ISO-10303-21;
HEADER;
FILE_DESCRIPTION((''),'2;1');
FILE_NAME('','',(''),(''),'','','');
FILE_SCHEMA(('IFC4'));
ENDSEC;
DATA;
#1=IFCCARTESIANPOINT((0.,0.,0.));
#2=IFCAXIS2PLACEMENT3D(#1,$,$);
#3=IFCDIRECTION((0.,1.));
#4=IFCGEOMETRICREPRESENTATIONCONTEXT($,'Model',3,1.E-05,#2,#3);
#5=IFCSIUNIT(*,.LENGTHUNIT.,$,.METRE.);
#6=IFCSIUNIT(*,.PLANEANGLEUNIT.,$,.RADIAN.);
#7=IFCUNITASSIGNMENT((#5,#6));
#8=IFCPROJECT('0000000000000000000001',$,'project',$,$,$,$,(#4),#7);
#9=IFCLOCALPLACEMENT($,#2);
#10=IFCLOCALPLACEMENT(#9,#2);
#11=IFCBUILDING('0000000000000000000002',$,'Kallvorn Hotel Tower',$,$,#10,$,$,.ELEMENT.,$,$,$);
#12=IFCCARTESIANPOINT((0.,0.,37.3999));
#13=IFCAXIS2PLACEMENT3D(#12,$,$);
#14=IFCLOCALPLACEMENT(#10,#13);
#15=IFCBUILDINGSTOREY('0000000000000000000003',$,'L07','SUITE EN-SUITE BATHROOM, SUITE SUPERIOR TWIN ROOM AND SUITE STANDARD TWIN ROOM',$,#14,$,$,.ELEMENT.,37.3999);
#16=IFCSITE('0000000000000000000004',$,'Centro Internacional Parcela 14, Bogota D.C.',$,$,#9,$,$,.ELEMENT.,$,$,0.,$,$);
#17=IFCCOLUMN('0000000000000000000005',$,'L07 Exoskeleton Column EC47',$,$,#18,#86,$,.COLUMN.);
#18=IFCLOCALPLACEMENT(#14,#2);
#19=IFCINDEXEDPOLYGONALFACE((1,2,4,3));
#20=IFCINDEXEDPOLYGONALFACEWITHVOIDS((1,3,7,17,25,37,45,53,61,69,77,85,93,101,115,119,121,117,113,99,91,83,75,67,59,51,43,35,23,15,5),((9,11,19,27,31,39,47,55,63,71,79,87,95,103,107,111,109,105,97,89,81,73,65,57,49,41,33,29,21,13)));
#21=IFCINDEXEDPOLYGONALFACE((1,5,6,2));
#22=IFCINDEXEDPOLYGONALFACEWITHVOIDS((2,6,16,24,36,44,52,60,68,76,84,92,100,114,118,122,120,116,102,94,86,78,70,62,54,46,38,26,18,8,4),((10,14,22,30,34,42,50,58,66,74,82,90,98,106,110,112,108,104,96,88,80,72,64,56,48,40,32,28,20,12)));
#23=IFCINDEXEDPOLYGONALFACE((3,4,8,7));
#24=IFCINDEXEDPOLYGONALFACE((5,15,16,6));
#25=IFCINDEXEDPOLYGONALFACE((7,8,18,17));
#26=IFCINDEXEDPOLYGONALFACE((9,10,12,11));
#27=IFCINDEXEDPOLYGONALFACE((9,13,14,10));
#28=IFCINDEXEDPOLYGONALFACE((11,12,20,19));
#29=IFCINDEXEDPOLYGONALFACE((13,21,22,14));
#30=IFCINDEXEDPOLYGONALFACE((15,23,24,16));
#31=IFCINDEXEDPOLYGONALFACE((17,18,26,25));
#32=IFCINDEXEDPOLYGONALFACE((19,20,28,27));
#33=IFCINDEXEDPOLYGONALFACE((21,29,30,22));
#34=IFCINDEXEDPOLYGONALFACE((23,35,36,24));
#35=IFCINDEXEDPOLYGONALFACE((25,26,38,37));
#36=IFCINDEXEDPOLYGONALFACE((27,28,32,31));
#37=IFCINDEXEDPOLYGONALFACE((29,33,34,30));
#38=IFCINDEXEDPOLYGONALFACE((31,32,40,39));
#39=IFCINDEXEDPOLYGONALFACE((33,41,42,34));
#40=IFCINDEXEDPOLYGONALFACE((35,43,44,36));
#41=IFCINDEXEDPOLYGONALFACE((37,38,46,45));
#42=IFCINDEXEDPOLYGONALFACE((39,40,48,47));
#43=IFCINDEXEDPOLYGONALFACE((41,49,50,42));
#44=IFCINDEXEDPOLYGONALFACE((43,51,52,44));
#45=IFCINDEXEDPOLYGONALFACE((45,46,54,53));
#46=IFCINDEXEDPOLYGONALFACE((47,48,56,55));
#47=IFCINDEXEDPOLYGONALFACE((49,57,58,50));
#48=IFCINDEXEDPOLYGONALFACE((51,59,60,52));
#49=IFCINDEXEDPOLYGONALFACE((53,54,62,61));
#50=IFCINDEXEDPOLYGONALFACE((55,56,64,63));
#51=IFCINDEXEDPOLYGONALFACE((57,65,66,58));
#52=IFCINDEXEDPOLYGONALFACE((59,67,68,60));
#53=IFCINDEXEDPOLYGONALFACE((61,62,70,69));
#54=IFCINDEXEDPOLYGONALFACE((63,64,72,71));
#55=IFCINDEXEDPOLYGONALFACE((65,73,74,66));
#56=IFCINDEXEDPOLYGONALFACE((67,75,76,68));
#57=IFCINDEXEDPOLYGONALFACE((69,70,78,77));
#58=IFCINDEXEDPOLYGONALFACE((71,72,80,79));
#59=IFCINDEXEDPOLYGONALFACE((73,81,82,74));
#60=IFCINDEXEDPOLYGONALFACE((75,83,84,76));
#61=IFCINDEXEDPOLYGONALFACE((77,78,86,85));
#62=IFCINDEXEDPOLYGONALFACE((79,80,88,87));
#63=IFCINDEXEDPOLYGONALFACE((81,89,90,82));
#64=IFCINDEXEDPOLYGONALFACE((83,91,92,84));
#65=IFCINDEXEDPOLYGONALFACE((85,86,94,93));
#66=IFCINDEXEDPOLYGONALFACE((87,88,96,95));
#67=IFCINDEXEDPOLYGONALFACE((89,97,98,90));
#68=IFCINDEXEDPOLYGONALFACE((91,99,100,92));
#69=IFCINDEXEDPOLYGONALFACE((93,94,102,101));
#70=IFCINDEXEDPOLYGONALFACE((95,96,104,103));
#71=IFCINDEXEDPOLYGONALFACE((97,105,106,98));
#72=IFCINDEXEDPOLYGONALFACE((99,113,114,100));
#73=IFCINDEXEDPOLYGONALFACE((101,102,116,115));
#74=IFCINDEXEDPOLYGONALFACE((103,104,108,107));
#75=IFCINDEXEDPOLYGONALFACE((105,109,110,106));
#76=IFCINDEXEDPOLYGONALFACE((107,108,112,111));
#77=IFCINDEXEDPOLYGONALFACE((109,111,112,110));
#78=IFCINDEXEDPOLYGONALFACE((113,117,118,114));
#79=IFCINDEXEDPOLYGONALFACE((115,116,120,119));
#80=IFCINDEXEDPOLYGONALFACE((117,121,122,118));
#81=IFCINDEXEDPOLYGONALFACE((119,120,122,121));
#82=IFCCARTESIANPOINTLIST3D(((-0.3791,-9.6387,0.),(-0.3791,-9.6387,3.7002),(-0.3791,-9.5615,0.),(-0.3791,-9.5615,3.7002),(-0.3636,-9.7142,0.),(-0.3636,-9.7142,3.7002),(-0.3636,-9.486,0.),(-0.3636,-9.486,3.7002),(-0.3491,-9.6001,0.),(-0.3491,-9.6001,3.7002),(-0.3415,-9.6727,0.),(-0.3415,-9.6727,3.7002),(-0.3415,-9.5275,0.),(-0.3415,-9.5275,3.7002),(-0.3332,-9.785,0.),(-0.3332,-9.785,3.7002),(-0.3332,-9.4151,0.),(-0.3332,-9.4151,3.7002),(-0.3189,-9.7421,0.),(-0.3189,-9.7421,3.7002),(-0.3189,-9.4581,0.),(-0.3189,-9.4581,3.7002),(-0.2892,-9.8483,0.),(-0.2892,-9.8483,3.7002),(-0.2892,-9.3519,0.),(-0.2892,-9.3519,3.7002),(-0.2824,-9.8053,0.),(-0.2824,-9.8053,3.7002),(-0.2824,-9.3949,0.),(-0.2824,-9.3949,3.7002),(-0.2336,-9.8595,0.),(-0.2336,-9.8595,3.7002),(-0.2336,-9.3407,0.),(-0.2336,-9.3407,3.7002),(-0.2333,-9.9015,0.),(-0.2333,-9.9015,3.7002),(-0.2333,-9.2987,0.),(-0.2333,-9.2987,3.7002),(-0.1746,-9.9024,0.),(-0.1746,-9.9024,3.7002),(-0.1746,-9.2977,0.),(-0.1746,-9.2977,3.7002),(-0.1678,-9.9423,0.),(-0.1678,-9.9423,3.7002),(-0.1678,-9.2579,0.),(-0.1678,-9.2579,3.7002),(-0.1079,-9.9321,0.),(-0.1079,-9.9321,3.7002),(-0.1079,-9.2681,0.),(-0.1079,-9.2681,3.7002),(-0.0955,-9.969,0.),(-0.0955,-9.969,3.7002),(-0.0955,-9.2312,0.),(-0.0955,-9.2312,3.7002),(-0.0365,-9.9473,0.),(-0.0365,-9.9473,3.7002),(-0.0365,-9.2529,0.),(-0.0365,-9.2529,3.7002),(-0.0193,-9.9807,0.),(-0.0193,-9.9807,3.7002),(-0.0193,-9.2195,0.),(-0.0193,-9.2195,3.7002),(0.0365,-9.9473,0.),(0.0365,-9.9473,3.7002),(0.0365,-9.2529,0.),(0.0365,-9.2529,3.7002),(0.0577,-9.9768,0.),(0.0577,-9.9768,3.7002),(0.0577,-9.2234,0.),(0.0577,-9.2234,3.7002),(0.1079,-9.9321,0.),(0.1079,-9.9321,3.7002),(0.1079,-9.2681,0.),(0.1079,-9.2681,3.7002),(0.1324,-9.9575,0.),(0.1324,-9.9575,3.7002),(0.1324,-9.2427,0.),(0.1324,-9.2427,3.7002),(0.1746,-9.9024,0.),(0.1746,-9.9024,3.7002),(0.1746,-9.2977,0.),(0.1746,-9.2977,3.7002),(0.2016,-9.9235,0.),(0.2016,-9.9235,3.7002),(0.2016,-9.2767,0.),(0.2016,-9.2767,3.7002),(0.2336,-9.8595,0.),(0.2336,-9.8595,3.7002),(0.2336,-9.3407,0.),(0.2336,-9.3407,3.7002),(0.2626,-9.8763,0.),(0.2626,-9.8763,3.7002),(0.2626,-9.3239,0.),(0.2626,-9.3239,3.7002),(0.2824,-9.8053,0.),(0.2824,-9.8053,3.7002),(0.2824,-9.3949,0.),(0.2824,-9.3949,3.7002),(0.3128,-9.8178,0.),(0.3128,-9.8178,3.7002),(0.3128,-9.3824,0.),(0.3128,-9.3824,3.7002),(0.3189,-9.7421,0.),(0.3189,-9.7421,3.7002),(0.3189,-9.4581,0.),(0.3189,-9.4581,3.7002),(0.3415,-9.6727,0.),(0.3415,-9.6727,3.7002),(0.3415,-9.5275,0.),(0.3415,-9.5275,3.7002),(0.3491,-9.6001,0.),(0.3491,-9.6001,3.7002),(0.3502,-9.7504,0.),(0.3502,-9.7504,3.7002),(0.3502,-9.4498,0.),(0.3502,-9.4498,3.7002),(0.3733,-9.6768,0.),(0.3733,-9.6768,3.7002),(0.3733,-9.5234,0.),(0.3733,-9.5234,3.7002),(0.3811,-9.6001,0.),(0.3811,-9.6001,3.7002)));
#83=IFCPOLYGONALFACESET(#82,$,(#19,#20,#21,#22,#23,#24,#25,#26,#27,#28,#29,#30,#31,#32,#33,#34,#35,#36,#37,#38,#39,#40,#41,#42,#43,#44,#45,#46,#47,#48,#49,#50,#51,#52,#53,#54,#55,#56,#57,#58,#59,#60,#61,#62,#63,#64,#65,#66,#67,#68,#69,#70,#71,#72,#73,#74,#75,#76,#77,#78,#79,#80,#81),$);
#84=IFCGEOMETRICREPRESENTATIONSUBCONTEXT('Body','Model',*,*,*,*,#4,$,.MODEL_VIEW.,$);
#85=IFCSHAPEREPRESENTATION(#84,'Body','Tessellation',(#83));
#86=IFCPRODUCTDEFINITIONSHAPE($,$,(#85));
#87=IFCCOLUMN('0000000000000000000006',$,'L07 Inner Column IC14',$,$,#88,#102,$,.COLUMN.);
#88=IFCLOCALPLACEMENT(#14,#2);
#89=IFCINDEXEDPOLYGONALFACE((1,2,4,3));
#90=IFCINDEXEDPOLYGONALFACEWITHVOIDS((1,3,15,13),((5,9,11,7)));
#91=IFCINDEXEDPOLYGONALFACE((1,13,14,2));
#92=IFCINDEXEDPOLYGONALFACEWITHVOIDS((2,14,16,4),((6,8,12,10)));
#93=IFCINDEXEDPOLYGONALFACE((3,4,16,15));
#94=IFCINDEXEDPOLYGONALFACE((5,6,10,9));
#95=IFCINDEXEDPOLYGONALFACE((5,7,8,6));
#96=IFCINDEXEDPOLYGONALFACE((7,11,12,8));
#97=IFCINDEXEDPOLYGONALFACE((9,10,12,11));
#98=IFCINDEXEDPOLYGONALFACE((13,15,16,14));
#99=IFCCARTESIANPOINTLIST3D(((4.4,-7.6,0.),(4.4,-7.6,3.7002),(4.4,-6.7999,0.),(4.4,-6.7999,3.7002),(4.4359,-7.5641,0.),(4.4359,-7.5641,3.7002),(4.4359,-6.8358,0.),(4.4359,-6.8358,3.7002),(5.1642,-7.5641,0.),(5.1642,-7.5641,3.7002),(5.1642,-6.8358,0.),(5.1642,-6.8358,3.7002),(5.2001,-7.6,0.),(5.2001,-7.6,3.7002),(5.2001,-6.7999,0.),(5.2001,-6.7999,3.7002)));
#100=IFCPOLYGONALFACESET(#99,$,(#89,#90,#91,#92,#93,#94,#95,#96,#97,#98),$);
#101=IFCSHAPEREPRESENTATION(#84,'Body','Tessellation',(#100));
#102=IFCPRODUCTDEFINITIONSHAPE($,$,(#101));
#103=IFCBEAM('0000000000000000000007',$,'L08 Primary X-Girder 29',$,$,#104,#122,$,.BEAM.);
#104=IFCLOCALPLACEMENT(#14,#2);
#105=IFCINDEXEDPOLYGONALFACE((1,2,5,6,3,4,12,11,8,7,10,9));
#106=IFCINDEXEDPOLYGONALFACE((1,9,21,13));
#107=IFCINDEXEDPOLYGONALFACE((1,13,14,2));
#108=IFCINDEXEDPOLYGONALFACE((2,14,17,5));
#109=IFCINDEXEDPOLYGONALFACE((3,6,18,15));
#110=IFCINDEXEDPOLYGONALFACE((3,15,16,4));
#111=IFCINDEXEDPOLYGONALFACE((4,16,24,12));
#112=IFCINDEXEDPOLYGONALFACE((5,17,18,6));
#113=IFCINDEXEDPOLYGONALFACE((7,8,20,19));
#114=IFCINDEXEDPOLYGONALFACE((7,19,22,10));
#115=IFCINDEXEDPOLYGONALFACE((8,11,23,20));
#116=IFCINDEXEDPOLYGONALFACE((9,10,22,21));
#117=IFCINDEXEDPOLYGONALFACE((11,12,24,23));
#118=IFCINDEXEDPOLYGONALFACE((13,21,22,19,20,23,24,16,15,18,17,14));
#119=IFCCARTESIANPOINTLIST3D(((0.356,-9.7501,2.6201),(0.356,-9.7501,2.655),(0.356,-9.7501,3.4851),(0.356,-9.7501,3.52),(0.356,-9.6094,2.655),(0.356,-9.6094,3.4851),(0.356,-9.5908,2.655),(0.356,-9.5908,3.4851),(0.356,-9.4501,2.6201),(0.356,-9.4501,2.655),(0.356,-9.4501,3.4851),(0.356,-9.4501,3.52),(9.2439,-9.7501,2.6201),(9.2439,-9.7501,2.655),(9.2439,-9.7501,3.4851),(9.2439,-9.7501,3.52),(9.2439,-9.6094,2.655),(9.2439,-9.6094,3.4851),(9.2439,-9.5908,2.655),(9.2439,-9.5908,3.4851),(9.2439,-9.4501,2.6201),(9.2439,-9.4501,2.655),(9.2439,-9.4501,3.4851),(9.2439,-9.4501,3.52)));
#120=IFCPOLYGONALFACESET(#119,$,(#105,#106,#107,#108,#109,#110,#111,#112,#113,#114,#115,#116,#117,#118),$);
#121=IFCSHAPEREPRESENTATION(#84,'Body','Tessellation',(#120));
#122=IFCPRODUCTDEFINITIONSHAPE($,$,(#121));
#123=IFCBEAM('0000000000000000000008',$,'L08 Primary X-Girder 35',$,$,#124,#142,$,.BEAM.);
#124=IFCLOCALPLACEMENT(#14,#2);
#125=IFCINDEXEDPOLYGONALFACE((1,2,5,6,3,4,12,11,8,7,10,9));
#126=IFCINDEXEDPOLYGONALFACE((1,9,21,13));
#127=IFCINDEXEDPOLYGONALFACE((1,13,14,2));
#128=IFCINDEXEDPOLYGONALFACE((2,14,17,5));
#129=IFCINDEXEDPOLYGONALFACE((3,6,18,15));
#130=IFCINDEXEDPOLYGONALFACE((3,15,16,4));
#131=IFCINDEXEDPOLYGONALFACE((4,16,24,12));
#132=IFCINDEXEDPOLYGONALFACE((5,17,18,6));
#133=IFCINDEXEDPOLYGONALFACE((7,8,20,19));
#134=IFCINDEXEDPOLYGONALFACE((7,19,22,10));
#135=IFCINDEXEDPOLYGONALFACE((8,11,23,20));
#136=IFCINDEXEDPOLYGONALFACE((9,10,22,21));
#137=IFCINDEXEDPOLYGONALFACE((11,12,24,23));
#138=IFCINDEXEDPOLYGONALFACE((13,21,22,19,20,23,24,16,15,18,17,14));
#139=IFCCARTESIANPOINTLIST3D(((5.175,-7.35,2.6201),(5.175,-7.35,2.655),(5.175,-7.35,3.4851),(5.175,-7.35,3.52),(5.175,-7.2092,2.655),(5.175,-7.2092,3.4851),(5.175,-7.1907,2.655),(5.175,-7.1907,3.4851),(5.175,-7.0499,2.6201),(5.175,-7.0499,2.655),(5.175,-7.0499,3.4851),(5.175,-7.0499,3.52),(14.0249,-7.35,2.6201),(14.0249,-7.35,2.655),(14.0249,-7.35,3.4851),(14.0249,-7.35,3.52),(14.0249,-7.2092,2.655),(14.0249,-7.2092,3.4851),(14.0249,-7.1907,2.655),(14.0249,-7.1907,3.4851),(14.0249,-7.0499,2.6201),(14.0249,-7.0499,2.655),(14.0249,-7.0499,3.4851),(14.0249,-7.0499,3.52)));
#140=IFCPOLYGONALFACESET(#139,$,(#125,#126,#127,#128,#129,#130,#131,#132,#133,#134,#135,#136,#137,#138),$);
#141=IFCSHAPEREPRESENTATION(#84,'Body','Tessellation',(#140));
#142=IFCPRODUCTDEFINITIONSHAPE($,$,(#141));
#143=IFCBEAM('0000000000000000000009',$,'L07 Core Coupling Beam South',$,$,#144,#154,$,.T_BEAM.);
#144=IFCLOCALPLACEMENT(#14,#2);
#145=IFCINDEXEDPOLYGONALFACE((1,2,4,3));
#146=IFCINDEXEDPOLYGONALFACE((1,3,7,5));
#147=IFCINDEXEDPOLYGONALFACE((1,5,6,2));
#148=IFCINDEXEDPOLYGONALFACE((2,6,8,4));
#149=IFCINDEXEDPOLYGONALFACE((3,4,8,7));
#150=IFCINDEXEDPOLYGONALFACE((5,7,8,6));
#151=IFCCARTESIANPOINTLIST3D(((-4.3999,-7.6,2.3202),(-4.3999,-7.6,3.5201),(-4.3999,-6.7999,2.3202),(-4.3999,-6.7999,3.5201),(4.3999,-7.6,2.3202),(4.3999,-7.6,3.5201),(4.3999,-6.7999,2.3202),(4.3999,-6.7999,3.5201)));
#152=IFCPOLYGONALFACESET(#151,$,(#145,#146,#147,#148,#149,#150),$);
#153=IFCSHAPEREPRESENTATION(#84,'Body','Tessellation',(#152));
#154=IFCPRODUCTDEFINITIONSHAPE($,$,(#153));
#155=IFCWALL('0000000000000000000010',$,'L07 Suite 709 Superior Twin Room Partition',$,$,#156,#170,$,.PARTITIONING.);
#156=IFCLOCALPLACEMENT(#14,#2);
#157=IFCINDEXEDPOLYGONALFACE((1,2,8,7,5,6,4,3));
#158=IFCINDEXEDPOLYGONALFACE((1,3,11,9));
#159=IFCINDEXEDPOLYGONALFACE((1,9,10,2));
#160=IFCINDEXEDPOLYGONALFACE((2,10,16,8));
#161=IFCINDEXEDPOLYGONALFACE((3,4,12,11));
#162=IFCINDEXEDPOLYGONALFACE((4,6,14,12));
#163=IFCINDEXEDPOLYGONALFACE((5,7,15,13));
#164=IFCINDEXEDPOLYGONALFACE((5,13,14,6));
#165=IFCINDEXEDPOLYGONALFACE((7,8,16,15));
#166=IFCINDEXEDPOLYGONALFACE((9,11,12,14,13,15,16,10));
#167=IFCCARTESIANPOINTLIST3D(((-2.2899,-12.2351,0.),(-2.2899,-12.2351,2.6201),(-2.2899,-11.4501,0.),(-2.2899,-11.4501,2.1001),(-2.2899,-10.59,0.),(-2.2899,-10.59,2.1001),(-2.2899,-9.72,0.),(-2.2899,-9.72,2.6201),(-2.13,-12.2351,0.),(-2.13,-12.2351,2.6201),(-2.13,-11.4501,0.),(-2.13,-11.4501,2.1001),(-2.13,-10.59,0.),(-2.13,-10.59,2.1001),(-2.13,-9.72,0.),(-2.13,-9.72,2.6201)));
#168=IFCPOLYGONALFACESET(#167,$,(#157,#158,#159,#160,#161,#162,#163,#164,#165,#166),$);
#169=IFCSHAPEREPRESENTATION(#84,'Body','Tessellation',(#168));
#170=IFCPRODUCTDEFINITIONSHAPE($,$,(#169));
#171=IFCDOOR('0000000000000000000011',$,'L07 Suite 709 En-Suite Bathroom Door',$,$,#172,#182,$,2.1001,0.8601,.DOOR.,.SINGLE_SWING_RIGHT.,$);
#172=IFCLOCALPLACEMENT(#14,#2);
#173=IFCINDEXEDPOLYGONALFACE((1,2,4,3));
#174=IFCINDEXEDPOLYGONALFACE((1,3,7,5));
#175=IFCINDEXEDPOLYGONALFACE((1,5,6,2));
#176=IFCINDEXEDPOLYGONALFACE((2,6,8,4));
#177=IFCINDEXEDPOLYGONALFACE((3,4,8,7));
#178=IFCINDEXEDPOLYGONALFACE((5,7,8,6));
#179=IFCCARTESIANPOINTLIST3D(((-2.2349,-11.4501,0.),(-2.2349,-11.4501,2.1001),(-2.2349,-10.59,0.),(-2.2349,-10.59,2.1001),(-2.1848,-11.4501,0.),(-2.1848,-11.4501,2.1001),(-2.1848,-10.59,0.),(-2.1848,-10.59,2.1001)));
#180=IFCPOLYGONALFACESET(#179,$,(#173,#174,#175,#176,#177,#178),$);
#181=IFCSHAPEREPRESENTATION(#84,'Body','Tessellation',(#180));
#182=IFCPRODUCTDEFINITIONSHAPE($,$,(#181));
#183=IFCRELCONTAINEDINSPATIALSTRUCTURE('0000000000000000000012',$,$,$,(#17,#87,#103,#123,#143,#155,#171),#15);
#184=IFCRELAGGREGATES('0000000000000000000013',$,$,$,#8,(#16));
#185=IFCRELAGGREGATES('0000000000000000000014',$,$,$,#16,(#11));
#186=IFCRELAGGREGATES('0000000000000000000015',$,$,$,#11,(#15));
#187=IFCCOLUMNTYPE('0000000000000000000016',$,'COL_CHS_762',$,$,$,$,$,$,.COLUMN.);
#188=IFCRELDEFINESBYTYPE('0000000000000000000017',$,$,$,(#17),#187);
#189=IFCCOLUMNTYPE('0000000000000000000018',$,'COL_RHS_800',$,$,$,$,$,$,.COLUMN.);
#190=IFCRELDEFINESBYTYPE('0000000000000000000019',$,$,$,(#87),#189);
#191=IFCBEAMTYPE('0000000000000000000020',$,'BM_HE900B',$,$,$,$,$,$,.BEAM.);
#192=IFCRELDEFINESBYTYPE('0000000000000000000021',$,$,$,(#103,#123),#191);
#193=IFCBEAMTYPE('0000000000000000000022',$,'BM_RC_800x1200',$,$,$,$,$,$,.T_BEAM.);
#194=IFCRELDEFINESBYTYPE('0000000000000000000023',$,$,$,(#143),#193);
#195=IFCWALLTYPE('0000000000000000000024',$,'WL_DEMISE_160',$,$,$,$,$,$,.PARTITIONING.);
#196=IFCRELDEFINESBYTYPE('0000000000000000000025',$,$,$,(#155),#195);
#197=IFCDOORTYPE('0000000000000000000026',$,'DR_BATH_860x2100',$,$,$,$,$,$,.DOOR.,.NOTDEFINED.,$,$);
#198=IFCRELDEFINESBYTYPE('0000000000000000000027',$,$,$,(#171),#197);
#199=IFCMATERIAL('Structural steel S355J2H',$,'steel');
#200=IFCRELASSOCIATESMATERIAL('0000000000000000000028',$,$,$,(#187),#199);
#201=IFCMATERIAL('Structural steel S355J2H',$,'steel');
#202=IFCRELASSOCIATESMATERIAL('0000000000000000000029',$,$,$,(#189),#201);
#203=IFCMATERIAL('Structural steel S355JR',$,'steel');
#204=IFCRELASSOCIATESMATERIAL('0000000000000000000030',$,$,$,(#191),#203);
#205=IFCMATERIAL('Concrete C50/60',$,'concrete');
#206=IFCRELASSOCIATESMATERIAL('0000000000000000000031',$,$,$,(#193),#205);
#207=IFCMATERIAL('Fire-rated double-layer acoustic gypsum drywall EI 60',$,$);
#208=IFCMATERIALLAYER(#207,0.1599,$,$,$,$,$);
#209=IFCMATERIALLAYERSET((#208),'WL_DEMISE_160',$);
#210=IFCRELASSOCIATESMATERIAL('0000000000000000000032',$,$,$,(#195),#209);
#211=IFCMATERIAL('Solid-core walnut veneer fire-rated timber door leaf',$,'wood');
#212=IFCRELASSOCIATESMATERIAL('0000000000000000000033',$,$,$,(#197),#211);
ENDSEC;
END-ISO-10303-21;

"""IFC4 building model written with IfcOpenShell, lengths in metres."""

from ifc_helpers import new_model, si_unit, direction, frame, frame_2d, origin, origin_2d, place, context, subcontext, project, spatial, rectangle, hollow_rectangle, hollow_circle, i_section, extrude, material, layer, layer_set, material_profile, profile_set, type_object, element, fill, save


model = new_model("IFC4")

# Units and contexts
model_context = context("Model", 3, precision=1e-05, world=origin(), true_north=direction((0.0, 1.0)))
body_context = subcontext(model_context, "Body", "Model", "MODEL_VIEW")
ifc_project = project(units=[si_unit("LENGTHUNIT", "METRE"), si_unit("PLANEANGLEUNIT", "RADIAN")], contexts=[model_context])

# Site, building, storey
site_placement = place(None, origin())
site = spatial("IfcSite", under=ifc_project, at=site_placement, Name="Centro Internacional Parcela 14, Bogota D.C.", CompositionType="ELEMENT", RefElevation=0.0)
building_placement = place(site_placement, origin())
building = spatial("IfcBuilding", under=site, at=building_placement, Name="Kallvorn Hotel Tower", CompositionType="ELEMENT")
storey_placement = place(building_placement, frame((0.0, 0.0, 37.3999)))
storey = spatial("IfcBuildingStorey", under=building, at=storey_placement, Name="L07", Description="SUITE EN-SUITE BATHROOM, SUITE SUPERIOR TWIN ROOM AND SUITE STANDARD TWIN ROOM", CompositionType="ELEMENT", Elevation=37.3999)

# Columns
ifc_material_1 = material(Name="Structural steel S355J2H", Category="steel")
ifc_material_profile_1 = material_profile(ifc_material_1, hollow_circle(Radius=0.3811, WallThickness=0.032, at=origin_2d()), Name="CHS 762x32")
ifc_profile_set_1 = profile_set([ifc_material_profile_1], Name="Structural steel S355J2H")
column_type_1 = type_object("IfcColumnType", Name="COL_CHS_762", PredefinedType="COLUMN", material=ifc_profile_set_1)
column_1_placement = place(storey_placement, frame((0.0, -9.6001, 0.0), z_axis=(0.0, 0.0, 1.0), x_axis=(1.0, 0.0, 0.0)))
element("IfcColumn", 1, at=column_1_placement, inside=storey, type_object=column_type_1, Name="L07 Exoskeleton Column EC47", PredefinedType="COLUMN", context=body_context, shape_type="SweptSolid", body=[
    extrude(hollow_circle(Radius=0.3811, WallThickness=0.032, at=origin_2d()), origin(), (0.0, 0.0, 1.0), 3.7002),
])
ifc_material_2 = material(Name="Structural steel S355J2H", Category="steel")
ifc_material_profile_2 = material_profile(ifc_material_2, hollow_rectangle(XDim=0.8, YDim=0.8, WallThickness=0.0359, at=origin_2d()), Name="RHS 800x800x36")
ifc_profile_set_2 = profile_set([ifc_material_profile_2], Name="Structural steel S355J2H")
column_type_2 = type_object("IfcColumnType", Name="COL_RHS_800", PredefinedType="COLUMN", material=ifc_profile_set_2)
column_2_placement = place(storey_placement, frame((4.8, -7.2, 0.0), z_axis=(0.0, 0.0, 1.0), x_axis=(1.0, 0.0, 0.0)))
element("IfcColumn", 2, at=column_2_placement, inside=storey, type_object=column_type_2, Name="L07 Inner Column IC14", PredefinedType="COLUMN", context=body_context, shape_type="SweptSolid", body=[
    extrude(hollow_rectangle(XDim=0.8, YDim=0.8, WallThickness=0.0359, at=origin_2d()), origin(), (0.0, 0.0, 1.0), 3.7002),
])

# Beams
ifc_material_3 = material(Name="Structural steel S355JR", Category="steel")
ifc_material_profile_3 = material_profile(ifc_material_3, i_section(OverallWidth=0.3, OverallDepth=0.8999, WebThickness=0.0186, FlangeThickness=0.0349, at=origin_2d()), Name="HE 900 B")
ifc_profile_set_3 = profile_set([ifc_material_profile_3], Name="Structural steel S355JR")
beam_type_1 = type_object("IfcBeamType", Name="BM_HE900B", PredefinedType="BEAM", material=ifc_profile_set_3)
beam_1_placement = place(storey_placement, frame((0.356, -9.6001, 3.0701), z_axis=(1.0, 0.0, 0.0), x_axis=(0.0, 1.0, 0.0)))
element("IfcBeam", 3, at=beam_1_placement, inside=storey, type_object=beam_type_1, Name="L08 Primary X-Girder 29", PredefinedType="BEAM", context=body_context, shape_type="SweptSolid", body=[
    extrude(i_section(OverallWidth=0.3, OverallDepth=0.8999, WebThickness=0.0186, FlangeThickness=0.0349, at=origin_2d()), origin(), (0.0, 0.0, 1.0), 8.8879),
])
beam_2_placement = place(storey_placement, frame((5.175, -7.2, 3.0701), z_axis=(1.0, 0.0, 0.0), x_axis=(0.0, 1.0, 0.0)))
element("IfcBeam", 4, at=beam_2_placement, inside=storey, type_object=beam_type_1, Name="L08 Primary X-Girder 35", PredefinedType="BEAM", context=body_context, shape_type="SweptSolid", body=[
    extrude(i_section(OverallWidth=0.3, OverallDepth=0.8999, WebThickness=0.0186, FlangeThickness=0.0349, at=origin_2d()), origin(), (0.0, 0.0, 1.0), 8.8499),
])
ifc_material_4 = material(Name="Concrete C50/60", Category="concrete")
ifc_material_profile_4 = material_profile(ifc_material_4, rectangle(XDim=0.8, YDim=1.2, at=origin_2d()), Name="RC 800x1200")
ifc_profile_set_4 = profile_set([ifc_material_profile_4], Name="Concrete C50/60")
beam_type_2 = type_object("IfcBeamType", Name="BM_RC_800x1200", PredefinedType="T_BEAM", material=ifc_profile_set_4)
beam_3_placement = place(storey_placement, frame((-4.3999, -7.2, 2.9202), z_axis=(1.0, 0.0, 0.0), x_axis=(0.0, 1.0, 0.0)))
element("IfcBeam", 5, at=beam_3_placement, inside=storey, type_object=beam_type_2, Name="L07 Core Coupling Beam South", PredefinedType="T_BEAM", context=body_context, shape_type="SweptSolid", body=[
    extrude(rectangle(XDim=0.8, YDim=1.2, at=origin_2d()), origin(), (0.0, 0.0, 1.0), 8.7998),
])

# Wall, opening, door
ifc_material_5 = material(Name="Fire-rated double-layer acoustic gypsum drywall EI 60")
ifc_layer_1 = layer(ifc_material_5, 0.1599)
ifc_layer_set_1 = layer_set([ifc_layer_1], Name="WL_DEMISE_160")
wall_type_1 = type_object("IfcWallType", Name="WL_DEMISE_160", PredefinedType="PARTITIONING", material=ifc_layer_set_1)
wall_1_placement = place(storey_placement, frame((-2.21, -12.2351, 0.0), z_axis=(0.0, 0.0, 1.0), x_axis=(0.0, 1.0, 0.0)))
wall_1 = element("IfcWall", 6, at=wall_1_placement, inside=storey, type_object=wall_type_1, Name="L07 Suite 709 Superior Twin Room Partition", PredefinedType="PARTITIONING", context=body_context, shape_type="SweptSolid", body=[
    extrude(rectangle(XDim=2.5151, YDim=0.1599, at=frame_2d((1.2576, 0.0))), origin(), (0.0, 0.0, 1.0), 2.6201),
])
opening_1_placement = place(wall_1_placement, frame((0.7849, 0.0, 0.0)))
opening_1 = element("IfcOpeningElement", 7, at=opening_1_placement, cuts=wall_1, PredefinedType="OPENING", context=body_context, shape_type="SweptSolid", body=[
    extrude(rectangle(XDim=0.8601, YDim=2.1001, at=frame_2d((0.4302, 1.05))), frame((0.0, 0.095, 0.0), z_axis=(0.0, -1.0, 0.0), x_axis=(1.0, 0.0, 0.0)), (0.0, 0.0, 1.0), 0.1899),
])
ifc_material_6 = material(Name="Solid-core walnut veneer fire-rated timber door leaf", Category="wood")
door_type_1 = type_object("IfcDoorType", Name="DR_BATH_860x2100", OperationType="NOTDEFINED", PredefinedType="DOOR", material=ifc_material_6)
door_1_placement = place(opening_1_placement, origin())
door_1 = element("IfcDoor", 8, at=door_1_placement, inside=storey, type_object=door_type_1, Name="L07 Suite 709 En-Suite Bathroom Door", OperationType="SINGLE_SWING_RIGHT", OverallHeight=2.1001, OverallWidth=0.8601, PredefinedType="DOOR", context=body_context, shape_type="SweptSolid", body=[
    extrude(rectangle(XDim=0.8601, YDim=2.1001, at=frame_2d((0.4302, 1.05))), frame((0.0, 0.0249, 0.0), z_axis=(0.0, -1.0, 0.0), x_axis=(1.0, 0.0, 0.0)), (0.0, 0.0, 1.0), 0.05),
])
fill(opening_1, door_1)

save(model, "model.ifc")
